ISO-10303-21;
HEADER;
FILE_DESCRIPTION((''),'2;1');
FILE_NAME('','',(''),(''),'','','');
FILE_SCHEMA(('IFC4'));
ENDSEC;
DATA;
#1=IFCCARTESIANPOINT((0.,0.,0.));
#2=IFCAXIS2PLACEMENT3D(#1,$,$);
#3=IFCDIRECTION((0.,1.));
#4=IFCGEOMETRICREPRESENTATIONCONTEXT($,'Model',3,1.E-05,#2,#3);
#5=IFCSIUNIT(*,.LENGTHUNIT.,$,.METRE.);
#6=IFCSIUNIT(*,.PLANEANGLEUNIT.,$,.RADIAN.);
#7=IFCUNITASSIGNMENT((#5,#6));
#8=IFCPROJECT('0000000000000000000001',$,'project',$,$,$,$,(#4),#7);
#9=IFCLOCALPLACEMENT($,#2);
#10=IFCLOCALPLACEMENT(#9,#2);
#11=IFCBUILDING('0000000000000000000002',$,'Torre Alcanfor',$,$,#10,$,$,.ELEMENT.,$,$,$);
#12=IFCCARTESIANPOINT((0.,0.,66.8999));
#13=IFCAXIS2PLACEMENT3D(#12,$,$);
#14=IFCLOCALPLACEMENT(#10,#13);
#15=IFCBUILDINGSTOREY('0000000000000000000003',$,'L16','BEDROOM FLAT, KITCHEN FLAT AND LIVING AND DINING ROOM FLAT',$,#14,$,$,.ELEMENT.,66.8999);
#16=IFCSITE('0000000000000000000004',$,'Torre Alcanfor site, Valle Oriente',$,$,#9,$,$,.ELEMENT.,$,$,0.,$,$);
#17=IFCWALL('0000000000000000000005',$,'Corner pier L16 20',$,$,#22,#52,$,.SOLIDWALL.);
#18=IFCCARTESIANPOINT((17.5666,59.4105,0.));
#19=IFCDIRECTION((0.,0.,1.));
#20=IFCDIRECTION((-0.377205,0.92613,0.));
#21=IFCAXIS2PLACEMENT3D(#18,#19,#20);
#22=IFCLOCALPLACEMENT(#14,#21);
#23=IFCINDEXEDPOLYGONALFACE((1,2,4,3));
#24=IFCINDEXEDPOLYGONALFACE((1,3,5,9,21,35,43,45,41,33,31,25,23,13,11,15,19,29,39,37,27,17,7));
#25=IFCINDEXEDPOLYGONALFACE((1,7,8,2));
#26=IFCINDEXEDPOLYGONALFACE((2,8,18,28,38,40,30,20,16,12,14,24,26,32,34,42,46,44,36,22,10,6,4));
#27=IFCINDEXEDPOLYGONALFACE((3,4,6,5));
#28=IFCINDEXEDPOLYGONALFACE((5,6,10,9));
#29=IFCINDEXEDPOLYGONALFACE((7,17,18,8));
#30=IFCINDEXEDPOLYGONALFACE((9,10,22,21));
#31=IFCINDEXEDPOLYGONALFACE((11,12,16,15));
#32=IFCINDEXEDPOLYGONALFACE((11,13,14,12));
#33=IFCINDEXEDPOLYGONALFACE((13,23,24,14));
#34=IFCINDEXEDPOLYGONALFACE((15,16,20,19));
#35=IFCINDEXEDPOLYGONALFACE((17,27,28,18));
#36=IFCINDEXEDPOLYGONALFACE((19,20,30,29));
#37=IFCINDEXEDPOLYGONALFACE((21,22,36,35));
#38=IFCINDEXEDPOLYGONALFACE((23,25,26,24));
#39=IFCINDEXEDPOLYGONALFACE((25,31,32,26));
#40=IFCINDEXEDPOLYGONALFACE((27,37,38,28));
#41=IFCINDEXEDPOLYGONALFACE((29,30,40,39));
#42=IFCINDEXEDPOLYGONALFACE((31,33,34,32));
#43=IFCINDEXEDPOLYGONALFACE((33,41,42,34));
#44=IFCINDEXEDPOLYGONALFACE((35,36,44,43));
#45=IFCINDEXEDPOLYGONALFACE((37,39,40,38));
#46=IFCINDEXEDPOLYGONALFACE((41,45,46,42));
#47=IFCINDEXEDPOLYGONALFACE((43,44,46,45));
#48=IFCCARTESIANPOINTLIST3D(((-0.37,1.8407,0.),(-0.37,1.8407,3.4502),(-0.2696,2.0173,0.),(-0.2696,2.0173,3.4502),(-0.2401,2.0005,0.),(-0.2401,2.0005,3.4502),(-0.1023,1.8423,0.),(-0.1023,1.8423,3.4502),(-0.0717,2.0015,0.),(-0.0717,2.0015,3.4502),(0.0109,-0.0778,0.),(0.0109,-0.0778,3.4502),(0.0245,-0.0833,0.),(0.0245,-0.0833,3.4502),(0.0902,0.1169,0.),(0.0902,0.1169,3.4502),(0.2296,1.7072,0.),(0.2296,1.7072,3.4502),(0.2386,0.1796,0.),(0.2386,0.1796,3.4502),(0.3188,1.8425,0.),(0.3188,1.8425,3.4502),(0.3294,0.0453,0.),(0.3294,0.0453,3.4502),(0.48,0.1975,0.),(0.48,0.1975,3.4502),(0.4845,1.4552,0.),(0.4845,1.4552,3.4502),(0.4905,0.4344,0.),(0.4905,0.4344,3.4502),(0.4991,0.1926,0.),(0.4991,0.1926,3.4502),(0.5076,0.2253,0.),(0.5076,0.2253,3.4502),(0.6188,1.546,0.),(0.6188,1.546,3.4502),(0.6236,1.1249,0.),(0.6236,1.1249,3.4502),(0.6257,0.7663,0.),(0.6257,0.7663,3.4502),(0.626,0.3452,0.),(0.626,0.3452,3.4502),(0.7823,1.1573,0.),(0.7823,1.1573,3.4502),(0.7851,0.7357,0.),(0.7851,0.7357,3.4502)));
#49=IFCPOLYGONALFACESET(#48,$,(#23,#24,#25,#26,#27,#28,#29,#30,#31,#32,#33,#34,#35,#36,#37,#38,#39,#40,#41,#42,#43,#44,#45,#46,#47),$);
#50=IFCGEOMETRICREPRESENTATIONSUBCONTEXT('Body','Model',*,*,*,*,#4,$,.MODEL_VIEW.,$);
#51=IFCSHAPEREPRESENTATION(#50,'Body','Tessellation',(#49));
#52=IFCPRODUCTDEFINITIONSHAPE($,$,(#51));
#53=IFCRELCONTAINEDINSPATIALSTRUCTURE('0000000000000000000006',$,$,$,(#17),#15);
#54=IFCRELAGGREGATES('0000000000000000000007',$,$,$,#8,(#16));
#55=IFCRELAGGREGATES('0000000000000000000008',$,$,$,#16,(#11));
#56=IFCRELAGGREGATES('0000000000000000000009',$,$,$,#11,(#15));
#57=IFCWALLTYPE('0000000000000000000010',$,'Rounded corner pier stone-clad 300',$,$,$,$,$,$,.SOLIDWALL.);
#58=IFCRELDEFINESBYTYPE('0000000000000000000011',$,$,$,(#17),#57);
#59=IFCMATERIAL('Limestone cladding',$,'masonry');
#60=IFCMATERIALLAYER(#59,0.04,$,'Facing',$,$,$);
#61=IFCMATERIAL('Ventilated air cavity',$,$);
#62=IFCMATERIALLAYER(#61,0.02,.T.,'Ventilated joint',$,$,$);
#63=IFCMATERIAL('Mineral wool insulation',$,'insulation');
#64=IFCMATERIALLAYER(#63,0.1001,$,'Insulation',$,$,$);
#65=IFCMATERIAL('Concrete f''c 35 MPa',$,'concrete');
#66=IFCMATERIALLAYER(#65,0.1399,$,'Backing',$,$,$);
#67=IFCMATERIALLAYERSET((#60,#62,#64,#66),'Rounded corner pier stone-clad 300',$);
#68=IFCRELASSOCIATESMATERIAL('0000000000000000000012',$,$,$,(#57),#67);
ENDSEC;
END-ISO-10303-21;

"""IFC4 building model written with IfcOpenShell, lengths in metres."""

from ifc_helpers import new_model, si_unit, direction, frame, origin, place, context, subcontext, project, spatial, polyline, outline, extrude, material, layer, layer_set, type_object, element, save


model = new_model("IFC4")

# Units and contexts
model_context = context("Model", 3, precision=1e-05, world=origin(), true_north=direction((0.0, 1.0)))
body_context = subcontext(model_context, "Body", "Model", "MODEL_VIEW")
ifc_project = project(units=[si_unit("LENGTHUNIT", "METRE"), si_unit("PLANEANGLEUNIT", "RADIAN")], contexts=[model_context])

# Site, building, storey
site_placement = place(None, origin())
site = spatial("IfcSite", under=ifc_project, at=site_placement, Name="Torre Alcanfor site, Valle Oriente", CompositionType="ELEMENT", RefElevation=0.0)
building_placement = place(site_placement, origin())
building = spatial("IfcBuilding", under=site, at=building_placement, Name="Torre Alcanfor", CompositionType="ELEMENT")
storey_placement = place(building_placement, frame((0.0, 0.0, 66.8999)))
storey = spatial("IfcBuildingStorey", under=building, at=storey_placement, Name="L16", Description="BEDROOM FLAT, KITCHEN FLAT AND LIVING AND DINING ROOM FLAT", CompositionType="ELEMENT", Elevation=66.8999)

# Wall
ifc_material_1 = material(Name="Limestone cladding", Category="masonry")
ifc_layer_1 = layer(ifc_material_1, 0.04, Name="Facing")
ifc_material_2 = material(Name="Ventilated air cavity")
ifc_layer_2 = layer(ifc_material_2, 0.02, ventilated=True, Name="Ventilated joint")
ifc_material_3 = material(Name="Mineral wool insulation", Category="insulation")
ifc_layer_3 = layer(ifc_material_3, 0.1001, Name="Insulation")
ifc_material_4 = material(Name="Concrete f'c 35 MPa", Category="concrete")
ifc_layer_4 = layer(ifc_material_4, 0.1399, Name="Backing")
ifc_layer_set_1 = layer_set([ifc_layer_1, ifc_layer_2, ifc_layer_3, ifc_layer_4], Name="Rounded corner pier stone-clad 300")
wall_type_1 = type_object("IfcWallType", Name="Rounded corner pier stone-clad 300", PredefinedType="SOLIDWALL", material=ifc_layer_set_1)
wall_1_placement = place(storey_placement, frame((17.5666, 59.4105, 0.0), z_axis=(0.0, 0.0, 1.0), x_axis=(-0.377205, 0.92613, 0.0)))
element("IfcWall", 1, at=wall_1_placement, inside=storey, type_object=wall_type_1, Name="Corner pier L16 20", PredefinedType="SOLIDWALL", context=body_context, shape_type="SweptSolid", body=[
    extrude(outline(polyline([(-0.2696, 2.0173), (-0.37, 1.8407), (-0.1023, 1.8423), (0.2296, 1.7072), (0.4845, 1.4552), (0.6236, 1.1249), (0.6257, 0.7663), (0.4905, 0.4344), (0.2386, 0.1796), (0.0902, 0.1169), (0.0109, -0.0778), (0.0245, -0.0833), (0.3294, 0.0453), (0.48, 0.1975), (0.4991, 0.1926), (0.5076, 0.2253), (0.626, 0.3452), (0.7851, 0.7357), (0.7823, 1.1573), (0.6188, 1.546), (0.3188, 1.8425), (-0.0717, 2.0015), (-0.2401, 2.0005), (-0.2696, 2.0173)])), origin(), (0.0, 0.0, 1.0), 3.4502),
])

save(model, "model.ifc")
